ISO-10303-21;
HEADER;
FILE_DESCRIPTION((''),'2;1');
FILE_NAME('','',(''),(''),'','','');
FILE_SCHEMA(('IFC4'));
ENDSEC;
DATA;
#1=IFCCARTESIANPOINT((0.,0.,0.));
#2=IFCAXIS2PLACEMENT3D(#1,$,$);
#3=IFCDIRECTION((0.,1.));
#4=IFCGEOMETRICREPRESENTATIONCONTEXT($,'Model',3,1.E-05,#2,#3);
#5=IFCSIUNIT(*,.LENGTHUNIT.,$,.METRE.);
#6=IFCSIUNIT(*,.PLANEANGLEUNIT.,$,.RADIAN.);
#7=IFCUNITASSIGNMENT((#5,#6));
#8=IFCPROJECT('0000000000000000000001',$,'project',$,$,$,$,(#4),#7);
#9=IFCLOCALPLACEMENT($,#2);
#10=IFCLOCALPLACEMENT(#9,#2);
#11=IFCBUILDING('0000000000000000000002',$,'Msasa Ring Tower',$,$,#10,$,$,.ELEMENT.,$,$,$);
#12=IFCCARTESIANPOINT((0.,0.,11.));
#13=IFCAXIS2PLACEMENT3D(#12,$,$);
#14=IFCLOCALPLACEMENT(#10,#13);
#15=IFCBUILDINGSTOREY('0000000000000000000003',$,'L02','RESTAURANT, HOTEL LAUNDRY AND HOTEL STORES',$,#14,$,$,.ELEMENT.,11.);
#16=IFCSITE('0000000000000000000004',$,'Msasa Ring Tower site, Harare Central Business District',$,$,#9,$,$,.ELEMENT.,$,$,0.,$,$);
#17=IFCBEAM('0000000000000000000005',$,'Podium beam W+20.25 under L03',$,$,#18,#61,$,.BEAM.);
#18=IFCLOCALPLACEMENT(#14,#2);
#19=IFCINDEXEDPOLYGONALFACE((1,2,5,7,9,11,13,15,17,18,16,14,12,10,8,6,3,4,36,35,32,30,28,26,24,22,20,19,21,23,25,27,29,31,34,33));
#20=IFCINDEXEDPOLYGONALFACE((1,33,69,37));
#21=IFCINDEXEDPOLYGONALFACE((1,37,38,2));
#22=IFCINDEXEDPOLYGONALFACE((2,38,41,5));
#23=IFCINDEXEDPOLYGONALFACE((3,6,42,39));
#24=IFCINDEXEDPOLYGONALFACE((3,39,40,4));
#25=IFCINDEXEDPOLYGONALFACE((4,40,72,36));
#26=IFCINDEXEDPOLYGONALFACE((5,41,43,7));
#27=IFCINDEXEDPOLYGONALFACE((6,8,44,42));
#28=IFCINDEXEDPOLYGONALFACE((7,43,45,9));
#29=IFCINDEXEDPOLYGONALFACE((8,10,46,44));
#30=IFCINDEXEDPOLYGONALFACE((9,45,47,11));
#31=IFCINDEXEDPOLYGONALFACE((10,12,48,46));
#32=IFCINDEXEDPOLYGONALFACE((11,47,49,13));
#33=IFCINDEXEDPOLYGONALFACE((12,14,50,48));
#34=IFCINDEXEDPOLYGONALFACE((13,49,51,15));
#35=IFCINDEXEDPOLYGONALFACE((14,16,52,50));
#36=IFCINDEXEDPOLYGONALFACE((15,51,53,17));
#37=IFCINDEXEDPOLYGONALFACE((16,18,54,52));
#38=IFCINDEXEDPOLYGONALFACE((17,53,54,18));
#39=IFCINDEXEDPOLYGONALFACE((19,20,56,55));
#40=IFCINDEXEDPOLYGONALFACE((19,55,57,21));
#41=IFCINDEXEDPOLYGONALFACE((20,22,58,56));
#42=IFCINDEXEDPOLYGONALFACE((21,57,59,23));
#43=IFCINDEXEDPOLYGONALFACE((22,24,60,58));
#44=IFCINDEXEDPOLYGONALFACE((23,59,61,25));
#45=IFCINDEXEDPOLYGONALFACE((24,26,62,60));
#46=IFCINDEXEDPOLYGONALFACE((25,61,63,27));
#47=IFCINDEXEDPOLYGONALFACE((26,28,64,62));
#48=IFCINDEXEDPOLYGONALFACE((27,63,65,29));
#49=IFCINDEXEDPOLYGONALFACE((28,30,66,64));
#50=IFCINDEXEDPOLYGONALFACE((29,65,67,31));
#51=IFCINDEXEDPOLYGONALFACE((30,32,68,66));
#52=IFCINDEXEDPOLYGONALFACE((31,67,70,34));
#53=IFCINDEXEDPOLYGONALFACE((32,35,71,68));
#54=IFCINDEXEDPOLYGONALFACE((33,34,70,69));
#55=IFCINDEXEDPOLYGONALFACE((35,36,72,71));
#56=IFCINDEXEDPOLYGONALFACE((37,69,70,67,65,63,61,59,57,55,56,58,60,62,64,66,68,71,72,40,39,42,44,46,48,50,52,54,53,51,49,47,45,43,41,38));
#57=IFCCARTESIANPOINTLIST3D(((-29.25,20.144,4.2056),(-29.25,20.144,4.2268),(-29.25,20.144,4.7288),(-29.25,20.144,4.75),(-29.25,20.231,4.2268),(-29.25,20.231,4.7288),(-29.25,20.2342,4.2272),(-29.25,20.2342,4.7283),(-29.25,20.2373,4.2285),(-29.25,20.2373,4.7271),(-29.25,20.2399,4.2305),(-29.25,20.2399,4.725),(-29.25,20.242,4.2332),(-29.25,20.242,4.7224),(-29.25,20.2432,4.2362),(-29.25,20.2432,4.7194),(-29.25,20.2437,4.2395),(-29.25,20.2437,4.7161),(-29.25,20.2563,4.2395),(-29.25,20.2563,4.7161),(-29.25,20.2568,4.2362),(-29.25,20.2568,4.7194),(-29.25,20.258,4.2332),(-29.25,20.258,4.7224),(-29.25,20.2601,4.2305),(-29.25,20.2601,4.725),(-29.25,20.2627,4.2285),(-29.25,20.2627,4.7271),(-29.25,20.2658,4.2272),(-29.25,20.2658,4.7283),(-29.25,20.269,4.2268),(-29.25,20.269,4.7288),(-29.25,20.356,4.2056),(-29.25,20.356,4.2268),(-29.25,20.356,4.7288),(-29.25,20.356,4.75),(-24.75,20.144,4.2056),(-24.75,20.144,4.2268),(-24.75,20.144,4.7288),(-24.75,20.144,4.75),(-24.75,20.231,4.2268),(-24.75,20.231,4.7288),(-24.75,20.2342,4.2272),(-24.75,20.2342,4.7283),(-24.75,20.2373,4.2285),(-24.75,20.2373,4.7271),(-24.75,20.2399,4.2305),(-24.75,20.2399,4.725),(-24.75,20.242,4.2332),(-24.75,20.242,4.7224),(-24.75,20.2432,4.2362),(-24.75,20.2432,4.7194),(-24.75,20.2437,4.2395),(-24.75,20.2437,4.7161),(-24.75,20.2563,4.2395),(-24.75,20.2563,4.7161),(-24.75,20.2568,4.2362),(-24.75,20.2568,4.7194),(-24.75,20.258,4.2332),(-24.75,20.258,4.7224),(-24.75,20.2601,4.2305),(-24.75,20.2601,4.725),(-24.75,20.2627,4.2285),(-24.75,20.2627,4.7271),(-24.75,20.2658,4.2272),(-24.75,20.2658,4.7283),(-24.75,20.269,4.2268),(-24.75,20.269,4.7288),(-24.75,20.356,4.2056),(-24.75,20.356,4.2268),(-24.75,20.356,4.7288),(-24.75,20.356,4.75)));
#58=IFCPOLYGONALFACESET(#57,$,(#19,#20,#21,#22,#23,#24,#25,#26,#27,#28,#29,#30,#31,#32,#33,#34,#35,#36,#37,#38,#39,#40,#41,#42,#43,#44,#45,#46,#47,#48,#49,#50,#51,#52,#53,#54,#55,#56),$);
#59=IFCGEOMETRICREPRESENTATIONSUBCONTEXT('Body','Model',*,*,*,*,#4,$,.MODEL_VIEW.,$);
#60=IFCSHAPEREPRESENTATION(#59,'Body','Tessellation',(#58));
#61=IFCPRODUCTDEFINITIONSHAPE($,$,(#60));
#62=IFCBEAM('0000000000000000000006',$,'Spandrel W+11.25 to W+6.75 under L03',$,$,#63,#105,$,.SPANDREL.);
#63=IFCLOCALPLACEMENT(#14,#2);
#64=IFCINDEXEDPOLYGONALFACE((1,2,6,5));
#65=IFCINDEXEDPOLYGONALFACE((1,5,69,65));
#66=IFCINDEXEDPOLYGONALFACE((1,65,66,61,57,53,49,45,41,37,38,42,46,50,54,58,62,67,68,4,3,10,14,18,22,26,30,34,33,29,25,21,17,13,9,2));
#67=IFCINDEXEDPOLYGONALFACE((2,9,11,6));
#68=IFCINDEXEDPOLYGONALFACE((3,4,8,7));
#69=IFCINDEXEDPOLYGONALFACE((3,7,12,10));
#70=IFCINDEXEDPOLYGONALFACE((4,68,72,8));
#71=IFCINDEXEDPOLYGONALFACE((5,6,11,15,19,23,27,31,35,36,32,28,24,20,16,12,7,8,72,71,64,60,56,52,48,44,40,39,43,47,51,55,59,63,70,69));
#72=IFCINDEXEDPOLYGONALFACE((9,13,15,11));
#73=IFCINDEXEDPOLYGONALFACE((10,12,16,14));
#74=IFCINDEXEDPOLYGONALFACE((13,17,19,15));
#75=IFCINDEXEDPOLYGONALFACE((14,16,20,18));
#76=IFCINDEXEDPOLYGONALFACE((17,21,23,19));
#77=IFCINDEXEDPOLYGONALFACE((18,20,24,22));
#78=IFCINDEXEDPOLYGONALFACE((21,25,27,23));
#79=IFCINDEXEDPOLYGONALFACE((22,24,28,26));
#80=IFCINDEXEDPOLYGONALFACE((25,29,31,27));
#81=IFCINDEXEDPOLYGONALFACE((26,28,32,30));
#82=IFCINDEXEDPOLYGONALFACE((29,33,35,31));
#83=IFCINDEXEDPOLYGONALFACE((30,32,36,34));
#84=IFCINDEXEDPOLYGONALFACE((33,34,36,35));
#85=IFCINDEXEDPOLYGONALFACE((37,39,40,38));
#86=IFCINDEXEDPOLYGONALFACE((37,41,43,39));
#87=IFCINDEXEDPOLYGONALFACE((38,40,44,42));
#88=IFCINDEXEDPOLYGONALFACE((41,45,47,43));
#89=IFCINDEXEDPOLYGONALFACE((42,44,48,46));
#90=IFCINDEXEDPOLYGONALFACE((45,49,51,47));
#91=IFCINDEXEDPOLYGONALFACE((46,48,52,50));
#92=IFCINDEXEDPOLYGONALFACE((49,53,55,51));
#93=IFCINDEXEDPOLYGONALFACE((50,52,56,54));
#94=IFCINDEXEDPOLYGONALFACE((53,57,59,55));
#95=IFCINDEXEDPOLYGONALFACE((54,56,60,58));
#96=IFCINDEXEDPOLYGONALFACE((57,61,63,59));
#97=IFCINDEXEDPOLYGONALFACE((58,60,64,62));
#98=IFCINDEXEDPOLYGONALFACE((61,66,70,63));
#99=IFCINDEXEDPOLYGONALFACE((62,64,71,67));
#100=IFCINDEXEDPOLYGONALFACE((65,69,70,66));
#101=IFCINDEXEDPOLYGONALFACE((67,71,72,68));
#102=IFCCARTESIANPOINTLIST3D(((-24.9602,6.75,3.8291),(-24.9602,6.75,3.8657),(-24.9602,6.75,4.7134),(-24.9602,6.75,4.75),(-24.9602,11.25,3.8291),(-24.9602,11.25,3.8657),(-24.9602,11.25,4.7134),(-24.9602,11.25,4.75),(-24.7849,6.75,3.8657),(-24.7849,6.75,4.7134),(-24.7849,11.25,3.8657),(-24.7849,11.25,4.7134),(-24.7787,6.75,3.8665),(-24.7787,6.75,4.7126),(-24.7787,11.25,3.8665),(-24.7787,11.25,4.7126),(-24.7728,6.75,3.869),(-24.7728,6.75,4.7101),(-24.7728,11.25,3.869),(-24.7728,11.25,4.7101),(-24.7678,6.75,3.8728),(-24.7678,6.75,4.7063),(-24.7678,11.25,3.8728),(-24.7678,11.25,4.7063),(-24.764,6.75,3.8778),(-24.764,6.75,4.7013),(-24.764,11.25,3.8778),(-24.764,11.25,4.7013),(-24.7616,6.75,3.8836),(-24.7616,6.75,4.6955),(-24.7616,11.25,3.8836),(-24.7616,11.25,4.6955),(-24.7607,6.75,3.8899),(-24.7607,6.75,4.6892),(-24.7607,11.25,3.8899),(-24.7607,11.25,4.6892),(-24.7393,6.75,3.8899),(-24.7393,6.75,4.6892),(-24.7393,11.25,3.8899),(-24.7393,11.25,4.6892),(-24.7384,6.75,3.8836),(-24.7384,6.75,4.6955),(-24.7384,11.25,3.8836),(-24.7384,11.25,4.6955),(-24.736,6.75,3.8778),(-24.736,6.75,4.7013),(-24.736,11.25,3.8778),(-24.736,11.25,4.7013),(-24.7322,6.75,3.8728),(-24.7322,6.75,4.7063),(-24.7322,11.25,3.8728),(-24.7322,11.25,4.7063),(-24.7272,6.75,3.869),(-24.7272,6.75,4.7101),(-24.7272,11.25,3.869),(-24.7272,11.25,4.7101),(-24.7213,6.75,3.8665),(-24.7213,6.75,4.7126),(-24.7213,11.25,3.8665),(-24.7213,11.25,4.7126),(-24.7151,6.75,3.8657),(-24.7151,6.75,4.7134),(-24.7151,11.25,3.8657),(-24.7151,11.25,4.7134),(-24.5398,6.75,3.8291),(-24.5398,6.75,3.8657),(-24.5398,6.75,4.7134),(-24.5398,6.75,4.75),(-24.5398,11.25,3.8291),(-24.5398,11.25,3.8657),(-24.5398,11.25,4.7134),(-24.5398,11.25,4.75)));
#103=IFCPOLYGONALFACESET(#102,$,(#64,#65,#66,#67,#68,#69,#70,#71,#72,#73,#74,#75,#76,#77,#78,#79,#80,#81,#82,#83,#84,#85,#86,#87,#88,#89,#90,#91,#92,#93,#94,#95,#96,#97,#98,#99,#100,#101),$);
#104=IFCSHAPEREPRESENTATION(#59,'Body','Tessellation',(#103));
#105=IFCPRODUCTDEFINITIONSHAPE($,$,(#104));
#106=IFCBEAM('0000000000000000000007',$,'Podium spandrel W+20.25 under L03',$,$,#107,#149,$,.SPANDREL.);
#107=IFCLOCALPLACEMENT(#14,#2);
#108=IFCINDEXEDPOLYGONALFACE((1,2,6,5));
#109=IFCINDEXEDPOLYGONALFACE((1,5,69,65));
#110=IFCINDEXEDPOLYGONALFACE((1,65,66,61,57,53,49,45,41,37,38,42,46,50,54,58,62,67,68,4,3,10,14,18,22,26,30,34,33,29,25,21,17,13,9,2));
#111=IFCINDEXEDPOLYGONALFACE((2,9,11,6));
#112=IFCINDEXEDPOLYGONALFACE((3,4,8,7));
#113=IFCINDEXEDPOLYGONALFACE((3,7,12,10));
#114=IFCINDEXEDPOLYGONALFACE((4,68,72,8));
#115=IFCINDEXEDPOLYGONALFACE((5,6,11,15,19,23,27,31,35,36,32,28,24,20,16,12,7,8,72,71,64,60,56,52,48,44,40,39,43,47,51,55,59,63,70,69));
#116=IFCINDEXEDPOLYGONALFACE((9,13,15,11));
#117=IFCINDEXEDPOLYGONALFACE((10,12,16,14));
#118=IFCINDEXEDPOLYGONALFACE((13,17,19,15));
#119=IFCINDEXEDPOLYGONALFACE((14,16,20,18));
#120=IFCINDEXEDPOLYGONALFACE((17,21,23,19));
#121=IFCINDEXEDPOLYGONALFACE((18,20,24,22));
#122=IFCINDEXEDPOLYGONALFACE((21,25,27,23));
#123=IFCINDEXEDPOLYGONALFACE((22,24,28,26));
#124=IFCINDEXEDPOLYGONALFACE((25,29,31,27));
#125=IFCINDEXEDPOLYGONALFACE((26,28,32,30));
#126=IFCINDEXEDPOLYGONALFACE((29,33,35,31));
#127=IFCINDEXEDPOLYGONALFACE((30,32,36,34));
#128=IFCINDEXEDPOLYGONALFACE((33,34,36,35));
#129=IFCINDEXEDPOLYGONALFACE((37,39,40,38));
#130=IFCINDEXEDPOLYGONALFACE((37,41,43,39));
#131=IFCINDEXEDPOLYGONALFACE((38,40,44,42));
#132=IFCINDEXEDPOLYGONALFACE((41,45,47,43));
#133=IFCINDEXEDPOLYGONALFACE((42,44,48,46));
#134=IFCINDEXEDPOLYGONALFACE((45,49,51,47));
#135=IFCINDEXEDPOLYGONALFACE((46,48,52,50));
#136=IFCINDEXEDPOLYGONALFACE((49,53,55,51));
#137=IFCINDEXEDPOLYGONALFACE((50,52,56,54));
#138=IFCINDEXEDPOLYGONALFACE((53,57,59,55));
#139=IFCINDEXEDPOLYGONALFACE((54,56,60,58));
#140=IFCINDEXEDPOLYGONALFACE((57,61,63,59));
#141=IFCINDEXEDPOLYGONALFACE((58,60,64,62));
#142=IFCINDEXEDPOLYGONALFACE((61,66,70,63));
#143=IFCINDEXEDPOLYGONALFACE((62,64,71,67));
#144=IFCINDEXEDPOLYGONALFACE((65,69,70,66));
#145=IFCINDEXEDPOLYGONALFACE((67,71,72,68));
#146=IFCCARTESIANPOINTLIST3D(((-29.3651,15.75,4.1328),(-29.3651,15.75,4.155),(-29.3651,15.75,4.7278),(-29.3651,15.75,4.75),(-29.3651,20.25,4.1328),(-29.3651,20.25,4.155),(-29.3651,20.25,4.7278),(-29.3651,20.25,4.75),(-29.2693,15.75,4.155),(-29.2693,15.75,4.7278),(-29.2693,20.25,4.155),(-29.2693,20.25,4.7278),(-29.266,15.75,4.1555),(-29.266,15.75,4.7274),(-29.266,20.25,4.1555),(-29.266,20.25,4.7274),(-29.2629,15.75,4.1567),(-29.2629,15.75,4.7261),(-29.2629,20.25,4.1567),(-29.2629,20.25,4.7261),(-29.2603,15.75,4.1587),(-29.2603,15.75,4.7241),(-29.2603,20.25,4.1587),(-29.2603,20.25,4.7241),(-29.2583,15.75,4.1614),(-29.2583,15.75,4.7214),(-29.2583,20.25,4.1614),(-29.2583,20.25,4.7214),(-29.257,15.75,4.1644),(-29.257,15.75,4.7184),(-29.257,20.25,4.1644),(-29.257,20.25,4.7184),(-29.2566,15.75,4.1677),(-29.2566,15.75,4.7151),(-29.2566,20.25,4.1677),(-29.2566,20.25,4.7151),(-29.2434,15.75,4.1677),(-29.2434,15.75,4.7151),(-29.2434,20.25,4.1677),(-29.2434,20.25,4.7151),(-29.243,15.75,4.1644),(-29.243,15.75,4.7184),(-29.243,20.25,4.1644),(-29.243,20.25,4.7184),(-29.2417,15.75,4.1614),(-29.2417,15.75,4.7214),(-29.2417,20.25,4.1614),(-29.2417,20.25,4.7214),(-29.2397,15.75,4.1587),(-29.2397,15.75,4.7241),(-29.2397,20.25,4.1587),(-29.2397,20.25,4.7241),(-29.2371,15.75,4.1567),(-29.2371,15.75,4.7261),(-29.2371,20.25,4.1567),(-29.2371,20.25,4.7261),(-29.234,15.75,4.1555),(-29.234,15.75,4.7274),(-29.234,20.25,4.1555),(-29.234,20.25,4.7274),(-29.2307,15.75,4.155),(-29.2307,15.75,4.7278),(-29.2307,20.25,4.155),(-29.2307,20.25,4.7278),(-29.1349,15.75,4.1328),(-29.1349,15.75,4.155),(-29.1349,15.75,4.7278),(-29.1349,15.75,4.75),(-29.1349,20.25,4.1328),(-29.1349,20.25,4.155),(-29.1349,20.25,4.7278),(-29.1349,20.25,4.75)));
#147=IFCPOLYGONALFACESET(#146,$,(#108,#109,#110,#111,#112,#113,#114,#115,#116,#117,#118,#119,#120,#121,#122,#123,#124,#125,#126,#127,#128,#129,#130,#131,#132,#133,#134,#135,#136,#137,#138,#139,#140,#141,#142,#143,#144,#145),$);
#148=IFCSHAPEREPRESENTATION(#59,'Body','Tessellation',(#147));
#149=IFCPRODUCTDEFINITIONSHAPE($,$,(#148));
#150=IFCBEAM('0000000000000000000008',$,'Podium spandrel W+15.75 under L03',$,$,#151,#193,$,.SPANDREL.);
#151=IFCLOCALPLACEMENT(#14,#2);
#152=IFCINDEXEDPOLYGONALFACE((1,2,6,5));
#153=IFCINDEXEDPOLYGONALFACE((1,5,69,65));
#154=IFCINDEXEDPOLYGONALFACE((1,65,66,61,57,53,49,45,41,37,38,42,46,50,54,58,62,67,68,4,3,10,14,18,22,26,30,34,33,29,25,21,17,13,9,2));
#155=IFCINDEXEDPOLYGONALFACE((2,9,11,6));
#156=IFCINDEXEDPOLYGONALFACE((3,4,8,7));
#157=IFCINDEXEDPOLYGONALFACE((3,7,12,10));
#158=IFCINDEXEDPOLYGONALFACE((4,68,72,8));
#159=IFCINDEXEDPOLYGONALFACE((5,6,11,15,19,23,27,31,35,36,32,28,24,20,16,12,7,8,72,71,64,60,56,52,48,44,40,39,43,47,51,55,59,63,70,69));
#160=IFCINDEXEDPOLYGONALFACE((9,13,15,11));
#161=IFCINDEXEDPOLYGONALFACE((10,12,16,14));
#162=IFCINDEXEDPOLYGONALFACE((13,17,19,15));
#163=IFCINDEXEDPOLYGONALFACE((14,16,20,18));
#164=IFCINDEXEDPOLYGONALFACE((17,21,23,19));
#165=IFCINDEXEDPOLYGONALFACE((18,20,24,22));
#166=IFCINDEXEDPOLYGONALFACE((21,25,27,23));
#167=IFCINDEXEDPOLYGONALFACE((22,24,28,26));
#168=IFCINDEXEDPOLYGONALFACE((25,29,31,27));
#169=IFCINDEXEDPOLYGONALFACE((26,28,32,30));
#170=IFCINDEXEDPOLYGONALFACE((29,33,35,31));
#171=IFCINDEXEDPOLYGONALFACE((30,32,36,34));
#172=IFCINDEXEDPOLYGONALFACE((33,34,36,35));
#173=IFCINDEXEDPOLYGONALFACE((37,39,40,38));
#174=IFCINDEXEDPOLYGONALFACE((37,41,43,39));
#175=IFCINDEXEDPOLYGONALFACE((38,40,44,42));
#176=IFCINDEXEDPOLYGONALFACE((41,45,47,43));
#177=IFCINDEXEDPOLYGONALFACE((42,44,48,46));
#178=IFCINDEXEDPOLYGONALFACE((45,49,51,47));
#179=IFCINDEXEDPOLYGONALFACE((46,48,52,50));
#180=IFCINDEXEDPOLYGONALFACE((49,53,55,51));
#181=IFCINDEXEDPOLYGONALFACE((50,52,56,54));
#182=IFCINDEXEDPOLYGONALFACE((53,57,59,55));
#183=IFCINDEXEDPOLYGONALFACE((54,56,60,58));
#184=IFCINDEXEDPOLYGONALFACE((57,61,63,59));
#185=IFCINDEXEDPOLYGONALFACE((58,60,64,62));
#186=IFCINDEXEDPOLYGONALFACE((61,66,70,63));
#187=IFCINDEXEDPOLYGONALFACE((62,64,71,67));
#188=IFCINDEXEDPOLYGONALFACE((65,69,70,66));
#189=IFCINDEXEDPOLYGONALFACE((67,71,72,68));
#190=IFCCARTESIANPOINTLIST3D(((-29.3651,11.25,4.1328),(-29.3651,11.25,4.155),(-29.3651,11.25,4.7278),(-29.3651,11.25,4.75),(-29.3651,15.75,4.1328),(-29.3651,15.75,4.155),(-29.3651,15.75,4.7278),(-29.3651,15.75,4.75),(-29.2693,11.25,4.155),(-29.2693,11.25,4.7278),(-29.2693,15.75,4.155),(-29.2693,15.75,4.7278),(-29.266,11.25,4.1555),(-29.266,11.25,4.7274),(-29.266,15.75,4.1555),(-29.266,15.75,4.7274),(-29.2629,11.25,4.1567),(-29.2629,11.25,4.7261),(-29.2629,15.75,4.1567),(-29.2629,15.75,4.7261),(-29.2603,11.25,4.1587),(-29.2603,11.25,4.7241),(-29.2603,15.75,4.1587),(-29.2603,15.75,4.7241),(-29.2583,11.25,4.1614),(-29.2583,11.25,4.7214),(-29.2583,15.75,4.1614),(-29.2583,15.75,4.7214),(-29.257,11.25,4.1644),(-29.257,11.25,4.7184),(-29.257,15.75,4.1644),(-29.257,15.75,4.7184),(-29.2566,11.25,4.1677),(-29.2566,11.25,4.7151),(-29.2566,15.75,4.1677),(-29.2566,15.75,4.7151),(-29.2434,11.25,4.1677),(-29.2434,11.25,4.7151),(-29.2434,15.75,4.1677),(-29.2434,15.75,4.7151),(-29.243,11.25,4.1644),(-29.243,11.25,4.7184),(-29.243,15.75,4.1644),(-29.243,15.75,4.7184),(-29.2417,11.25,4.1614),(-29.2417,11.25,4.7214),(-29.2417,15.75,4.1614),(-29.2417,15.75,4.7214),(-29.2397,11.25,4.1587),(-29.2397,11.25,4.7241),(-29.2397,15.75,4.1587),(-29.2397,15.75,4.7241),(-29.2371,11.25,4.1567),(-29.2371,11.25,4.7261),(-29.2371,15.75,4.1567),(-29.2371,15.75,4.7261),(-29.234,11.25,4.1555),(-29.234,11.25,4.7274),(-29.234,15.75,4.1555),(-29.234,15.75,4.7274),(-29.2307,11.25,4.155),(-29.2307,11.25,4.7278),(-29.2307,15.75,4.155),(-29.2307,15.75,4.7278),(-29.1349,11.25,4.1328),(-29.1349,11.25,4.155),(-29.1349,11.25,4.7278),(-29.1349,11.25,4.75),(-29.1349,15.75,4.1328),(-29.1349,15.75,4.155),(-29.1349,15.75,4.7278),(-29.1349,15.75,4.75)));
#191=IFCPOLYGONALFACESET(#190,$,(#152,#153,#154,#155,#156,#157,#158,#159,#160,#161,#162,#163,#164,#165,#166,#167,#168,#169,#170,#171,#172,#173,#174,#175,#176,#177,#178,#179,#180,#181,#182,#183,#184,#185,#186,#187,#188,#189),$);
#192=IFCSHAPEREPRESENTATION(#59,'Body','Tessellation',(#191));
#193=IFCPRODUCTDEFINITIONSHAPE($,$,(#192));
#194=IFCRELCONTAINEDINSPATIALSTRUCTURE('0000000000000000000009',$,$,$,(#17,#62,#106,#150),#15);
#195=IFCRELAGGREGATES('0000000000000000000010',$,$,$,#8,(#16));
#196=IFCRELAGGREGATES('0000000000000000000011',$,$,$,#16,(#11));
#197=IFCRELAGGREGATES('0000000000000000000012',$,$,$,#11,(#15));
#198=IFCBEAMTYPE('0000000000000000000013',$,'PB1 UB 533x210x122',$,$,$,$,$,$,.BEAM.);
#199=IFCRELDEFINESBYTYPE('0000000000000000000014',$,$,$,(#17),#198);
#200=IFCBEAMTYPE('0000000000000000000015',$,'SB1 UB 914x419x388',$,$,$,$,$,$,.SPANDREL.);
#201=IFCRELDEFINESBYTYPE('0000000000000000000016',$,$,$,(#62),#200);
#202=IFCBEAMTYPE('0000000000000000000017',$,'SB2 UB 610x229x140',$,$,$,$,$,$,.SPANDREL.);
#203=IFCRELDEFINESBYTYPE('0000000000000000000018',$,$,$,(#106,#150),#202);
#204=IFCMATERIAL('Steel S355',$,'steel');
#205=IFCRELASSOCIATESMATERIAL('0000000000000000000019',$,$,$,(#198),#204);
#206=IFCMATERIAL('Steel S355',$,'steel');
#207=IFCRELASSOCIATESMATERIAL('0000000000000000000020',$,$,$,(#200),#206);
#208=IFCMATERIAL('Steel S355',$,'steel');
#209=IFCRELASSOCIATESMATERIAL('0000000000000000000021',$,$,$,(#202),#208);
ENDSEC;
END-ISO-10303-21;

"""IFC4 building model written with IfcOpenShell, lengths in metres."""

from ifc_helpers import new_model, si_unit, direction, frame, origin, origin_2d, place, context, subcontext, project, spatial, i_section, extrude, material, material_profile, profile_set, type_object, element, save


model = new_model("IFC4")

# Units and contexts
model_context = context("Model", 3, precision=1e-05, world=origin(), true_north=direction((0.0, 1.0)))
body_context = subcontext(model_context, "Body", "Model", "MODEL_VIEW")
ifc_project = project(units=[si_unit("LENGTHUNIT", "METRE"), si_unit("PLANEANGLEUNIT", "RADIAN")], contexts=[model_context])

# Site, building, storey
site_placement = place(None, origin())
site = spatial("IfcSite", under=ifc_project, at=site_placement, Name="Msasa Ring Tower site, Harare Central Business District", CompositionType="ELEMENT", RefElevation=0.0)
building_placement = place(site_placement, origin())
building = spatial("IfcBuilding", under=site, at=building_placement, Name="Msasa Ring Tower", CompositionType="ELEMENT")
storey_placement = place(building_placement, frame((0.0, 0.0, 11.0)))
storey = spatial("IfcBuildingStorey", under=building, at=storey_placement, Name="L02", Description="RESTAURANT, HOTEL LAUNDRY AND HOTEL STORES", CompositionType="ELEMENT", Elevation=11.0)

# Beams
ifc_material_1 = material(Name="Steel S355", Category="steel")
ifc_material_profile_1 = material_profile(ifc_material_1, i_section(OverallWidth=0.2119, OverallDepth=0.5444, WebThickness=0.0127, FlangeThickness=0.0212, FilletRadius=0.0127, at=origin_2d()), Name="UB 533x210x122")
ifc_profile_set_1 = profile_set([ifc_material_profile_1], Name="Steel S355")
beam_type_1 = type_object("IfcBeamType", Name="PB1 UB 533x210x122", PredefinedType="BEAM", material=ifc_profile_set_1)
beam_1_placement = place(storey_placement, frame((-29.25, 20.25, 4.4778), z_axis=(1.0, 0.0, 0.0), x_axis=(0.0, 1.0, 0.0)))
element("IfcBeam", 1, at=beam_1_placement, inside=storey, type_object=beam_type_1, Name="Podium beam W+20.25 under L03", PredefinedType="BEAM", context=body_context, shape_type="SweptSolid", body=[
    extrude(i_section(OverallWidth=0.2119, OverallDepth=0.5444, WebThickness=0.0127, FlangeThickness=0.0212, FilletRadius=0.0127, at=origin_2d()), origin(), (0.0, 0.0, 1.0), 4.5),
])
ifc_material_2 = material(Name="Steel S355", Category="steel")
ifc_material_profile_2 = material_profile(ifc_material_2, i_section(OverallWidth=0.4204, OverallDepth=0.9209, WebThickness=0.0215, FlangeThickness=0.0366, FilletRadius=0.0242, at=origin_2d()), Name="UB 914x419x388")
ifc_profile_set_2 = profile_set([ifc_material_profile_2], Name="Steel S355")
beam_type_2 = type_object("IfcBeamType", Name="SB1 UB 914x419x388", PredefinedType="SPANDREL", material=ifc_profile_set_2)
beam_2_placement = place(storey_placement, frame((-24.75, 11.25, 4.2896), z_axis=(0.0, -1.0, 0.0), x_axis=(1.0, 0.0, 0.0)))
element("IfcBeam", 2, at=beam_2_placement, inside=storey, type_object=beam_type_2, Name="Spandrel W+11.25 to W+6.75 under L03", PredefinedType="SPANDREL", context=body_context, shape_type="SweptSolid", body=[
    extrude(i_section(OverallWidth=0.4204, OverallDepth=0.9209, WebThickness=0.0215, FlangeThickness=0.0366, FilletRadius=0.0242, at=origin_2d()), origin(), (0.0, 0.0, 1.0), 4.5),
])
ifc_material_3 = material(Name="Steel S355", Category="steel")
ifc_material_profile_3 = material_profile(ifc_material_3, i_section(OverallWidth=0.2302, OverallDepth=0.6172, WebThickness=0.0132, FlangeThickness=0.0222, FilletRadius=0.0127, at=origin_2d()), Name="UB 610x229x140")
ifc_profile_set_3 = profile_set([ifc_material_profile_3], Name="Steel S355")
beam_type_3 = type_object("IfcBeamType", Name="SB2 UB 610x229x140", PredefinedType="SPANDREL", material=ifc_profile_set_3)
for number, where, z_axis, x_axis, name in (
    (3, (-29.25, 20.25, 4.4414), (0.0, -1.0, 0.0), (1.0, 0.0, 0.0), "Podium spandrel W+20.25 under L03"),
    (4, (-29.25, 15.75, 4.4414), (0.0, -1.0, 0.0), (1.0, 0.0, 0.0), "Podium spandrel W+15.75 under L03"),
):
    element("IfcBeam", number, at=place(storey_placement, frame(where, z_axis=z_axis, x_axis=x_axis)), inside=storey, type_object=beam_type_3, Name=name, PredefinedType="SPANDREL", context=body_context, shape_type="SweptSolid", body=[
        extrude(i_section(OverallWidth=0.2302, OverallDepth=0.6172, WebThickness=0.0132, FlangeThickness=0.0222, FilletRadius=0.0127, at=origin_2d()), origin(), (0.0, 0.0, 1.0), 4.5),
    ])

save(model, "model.ifc")
